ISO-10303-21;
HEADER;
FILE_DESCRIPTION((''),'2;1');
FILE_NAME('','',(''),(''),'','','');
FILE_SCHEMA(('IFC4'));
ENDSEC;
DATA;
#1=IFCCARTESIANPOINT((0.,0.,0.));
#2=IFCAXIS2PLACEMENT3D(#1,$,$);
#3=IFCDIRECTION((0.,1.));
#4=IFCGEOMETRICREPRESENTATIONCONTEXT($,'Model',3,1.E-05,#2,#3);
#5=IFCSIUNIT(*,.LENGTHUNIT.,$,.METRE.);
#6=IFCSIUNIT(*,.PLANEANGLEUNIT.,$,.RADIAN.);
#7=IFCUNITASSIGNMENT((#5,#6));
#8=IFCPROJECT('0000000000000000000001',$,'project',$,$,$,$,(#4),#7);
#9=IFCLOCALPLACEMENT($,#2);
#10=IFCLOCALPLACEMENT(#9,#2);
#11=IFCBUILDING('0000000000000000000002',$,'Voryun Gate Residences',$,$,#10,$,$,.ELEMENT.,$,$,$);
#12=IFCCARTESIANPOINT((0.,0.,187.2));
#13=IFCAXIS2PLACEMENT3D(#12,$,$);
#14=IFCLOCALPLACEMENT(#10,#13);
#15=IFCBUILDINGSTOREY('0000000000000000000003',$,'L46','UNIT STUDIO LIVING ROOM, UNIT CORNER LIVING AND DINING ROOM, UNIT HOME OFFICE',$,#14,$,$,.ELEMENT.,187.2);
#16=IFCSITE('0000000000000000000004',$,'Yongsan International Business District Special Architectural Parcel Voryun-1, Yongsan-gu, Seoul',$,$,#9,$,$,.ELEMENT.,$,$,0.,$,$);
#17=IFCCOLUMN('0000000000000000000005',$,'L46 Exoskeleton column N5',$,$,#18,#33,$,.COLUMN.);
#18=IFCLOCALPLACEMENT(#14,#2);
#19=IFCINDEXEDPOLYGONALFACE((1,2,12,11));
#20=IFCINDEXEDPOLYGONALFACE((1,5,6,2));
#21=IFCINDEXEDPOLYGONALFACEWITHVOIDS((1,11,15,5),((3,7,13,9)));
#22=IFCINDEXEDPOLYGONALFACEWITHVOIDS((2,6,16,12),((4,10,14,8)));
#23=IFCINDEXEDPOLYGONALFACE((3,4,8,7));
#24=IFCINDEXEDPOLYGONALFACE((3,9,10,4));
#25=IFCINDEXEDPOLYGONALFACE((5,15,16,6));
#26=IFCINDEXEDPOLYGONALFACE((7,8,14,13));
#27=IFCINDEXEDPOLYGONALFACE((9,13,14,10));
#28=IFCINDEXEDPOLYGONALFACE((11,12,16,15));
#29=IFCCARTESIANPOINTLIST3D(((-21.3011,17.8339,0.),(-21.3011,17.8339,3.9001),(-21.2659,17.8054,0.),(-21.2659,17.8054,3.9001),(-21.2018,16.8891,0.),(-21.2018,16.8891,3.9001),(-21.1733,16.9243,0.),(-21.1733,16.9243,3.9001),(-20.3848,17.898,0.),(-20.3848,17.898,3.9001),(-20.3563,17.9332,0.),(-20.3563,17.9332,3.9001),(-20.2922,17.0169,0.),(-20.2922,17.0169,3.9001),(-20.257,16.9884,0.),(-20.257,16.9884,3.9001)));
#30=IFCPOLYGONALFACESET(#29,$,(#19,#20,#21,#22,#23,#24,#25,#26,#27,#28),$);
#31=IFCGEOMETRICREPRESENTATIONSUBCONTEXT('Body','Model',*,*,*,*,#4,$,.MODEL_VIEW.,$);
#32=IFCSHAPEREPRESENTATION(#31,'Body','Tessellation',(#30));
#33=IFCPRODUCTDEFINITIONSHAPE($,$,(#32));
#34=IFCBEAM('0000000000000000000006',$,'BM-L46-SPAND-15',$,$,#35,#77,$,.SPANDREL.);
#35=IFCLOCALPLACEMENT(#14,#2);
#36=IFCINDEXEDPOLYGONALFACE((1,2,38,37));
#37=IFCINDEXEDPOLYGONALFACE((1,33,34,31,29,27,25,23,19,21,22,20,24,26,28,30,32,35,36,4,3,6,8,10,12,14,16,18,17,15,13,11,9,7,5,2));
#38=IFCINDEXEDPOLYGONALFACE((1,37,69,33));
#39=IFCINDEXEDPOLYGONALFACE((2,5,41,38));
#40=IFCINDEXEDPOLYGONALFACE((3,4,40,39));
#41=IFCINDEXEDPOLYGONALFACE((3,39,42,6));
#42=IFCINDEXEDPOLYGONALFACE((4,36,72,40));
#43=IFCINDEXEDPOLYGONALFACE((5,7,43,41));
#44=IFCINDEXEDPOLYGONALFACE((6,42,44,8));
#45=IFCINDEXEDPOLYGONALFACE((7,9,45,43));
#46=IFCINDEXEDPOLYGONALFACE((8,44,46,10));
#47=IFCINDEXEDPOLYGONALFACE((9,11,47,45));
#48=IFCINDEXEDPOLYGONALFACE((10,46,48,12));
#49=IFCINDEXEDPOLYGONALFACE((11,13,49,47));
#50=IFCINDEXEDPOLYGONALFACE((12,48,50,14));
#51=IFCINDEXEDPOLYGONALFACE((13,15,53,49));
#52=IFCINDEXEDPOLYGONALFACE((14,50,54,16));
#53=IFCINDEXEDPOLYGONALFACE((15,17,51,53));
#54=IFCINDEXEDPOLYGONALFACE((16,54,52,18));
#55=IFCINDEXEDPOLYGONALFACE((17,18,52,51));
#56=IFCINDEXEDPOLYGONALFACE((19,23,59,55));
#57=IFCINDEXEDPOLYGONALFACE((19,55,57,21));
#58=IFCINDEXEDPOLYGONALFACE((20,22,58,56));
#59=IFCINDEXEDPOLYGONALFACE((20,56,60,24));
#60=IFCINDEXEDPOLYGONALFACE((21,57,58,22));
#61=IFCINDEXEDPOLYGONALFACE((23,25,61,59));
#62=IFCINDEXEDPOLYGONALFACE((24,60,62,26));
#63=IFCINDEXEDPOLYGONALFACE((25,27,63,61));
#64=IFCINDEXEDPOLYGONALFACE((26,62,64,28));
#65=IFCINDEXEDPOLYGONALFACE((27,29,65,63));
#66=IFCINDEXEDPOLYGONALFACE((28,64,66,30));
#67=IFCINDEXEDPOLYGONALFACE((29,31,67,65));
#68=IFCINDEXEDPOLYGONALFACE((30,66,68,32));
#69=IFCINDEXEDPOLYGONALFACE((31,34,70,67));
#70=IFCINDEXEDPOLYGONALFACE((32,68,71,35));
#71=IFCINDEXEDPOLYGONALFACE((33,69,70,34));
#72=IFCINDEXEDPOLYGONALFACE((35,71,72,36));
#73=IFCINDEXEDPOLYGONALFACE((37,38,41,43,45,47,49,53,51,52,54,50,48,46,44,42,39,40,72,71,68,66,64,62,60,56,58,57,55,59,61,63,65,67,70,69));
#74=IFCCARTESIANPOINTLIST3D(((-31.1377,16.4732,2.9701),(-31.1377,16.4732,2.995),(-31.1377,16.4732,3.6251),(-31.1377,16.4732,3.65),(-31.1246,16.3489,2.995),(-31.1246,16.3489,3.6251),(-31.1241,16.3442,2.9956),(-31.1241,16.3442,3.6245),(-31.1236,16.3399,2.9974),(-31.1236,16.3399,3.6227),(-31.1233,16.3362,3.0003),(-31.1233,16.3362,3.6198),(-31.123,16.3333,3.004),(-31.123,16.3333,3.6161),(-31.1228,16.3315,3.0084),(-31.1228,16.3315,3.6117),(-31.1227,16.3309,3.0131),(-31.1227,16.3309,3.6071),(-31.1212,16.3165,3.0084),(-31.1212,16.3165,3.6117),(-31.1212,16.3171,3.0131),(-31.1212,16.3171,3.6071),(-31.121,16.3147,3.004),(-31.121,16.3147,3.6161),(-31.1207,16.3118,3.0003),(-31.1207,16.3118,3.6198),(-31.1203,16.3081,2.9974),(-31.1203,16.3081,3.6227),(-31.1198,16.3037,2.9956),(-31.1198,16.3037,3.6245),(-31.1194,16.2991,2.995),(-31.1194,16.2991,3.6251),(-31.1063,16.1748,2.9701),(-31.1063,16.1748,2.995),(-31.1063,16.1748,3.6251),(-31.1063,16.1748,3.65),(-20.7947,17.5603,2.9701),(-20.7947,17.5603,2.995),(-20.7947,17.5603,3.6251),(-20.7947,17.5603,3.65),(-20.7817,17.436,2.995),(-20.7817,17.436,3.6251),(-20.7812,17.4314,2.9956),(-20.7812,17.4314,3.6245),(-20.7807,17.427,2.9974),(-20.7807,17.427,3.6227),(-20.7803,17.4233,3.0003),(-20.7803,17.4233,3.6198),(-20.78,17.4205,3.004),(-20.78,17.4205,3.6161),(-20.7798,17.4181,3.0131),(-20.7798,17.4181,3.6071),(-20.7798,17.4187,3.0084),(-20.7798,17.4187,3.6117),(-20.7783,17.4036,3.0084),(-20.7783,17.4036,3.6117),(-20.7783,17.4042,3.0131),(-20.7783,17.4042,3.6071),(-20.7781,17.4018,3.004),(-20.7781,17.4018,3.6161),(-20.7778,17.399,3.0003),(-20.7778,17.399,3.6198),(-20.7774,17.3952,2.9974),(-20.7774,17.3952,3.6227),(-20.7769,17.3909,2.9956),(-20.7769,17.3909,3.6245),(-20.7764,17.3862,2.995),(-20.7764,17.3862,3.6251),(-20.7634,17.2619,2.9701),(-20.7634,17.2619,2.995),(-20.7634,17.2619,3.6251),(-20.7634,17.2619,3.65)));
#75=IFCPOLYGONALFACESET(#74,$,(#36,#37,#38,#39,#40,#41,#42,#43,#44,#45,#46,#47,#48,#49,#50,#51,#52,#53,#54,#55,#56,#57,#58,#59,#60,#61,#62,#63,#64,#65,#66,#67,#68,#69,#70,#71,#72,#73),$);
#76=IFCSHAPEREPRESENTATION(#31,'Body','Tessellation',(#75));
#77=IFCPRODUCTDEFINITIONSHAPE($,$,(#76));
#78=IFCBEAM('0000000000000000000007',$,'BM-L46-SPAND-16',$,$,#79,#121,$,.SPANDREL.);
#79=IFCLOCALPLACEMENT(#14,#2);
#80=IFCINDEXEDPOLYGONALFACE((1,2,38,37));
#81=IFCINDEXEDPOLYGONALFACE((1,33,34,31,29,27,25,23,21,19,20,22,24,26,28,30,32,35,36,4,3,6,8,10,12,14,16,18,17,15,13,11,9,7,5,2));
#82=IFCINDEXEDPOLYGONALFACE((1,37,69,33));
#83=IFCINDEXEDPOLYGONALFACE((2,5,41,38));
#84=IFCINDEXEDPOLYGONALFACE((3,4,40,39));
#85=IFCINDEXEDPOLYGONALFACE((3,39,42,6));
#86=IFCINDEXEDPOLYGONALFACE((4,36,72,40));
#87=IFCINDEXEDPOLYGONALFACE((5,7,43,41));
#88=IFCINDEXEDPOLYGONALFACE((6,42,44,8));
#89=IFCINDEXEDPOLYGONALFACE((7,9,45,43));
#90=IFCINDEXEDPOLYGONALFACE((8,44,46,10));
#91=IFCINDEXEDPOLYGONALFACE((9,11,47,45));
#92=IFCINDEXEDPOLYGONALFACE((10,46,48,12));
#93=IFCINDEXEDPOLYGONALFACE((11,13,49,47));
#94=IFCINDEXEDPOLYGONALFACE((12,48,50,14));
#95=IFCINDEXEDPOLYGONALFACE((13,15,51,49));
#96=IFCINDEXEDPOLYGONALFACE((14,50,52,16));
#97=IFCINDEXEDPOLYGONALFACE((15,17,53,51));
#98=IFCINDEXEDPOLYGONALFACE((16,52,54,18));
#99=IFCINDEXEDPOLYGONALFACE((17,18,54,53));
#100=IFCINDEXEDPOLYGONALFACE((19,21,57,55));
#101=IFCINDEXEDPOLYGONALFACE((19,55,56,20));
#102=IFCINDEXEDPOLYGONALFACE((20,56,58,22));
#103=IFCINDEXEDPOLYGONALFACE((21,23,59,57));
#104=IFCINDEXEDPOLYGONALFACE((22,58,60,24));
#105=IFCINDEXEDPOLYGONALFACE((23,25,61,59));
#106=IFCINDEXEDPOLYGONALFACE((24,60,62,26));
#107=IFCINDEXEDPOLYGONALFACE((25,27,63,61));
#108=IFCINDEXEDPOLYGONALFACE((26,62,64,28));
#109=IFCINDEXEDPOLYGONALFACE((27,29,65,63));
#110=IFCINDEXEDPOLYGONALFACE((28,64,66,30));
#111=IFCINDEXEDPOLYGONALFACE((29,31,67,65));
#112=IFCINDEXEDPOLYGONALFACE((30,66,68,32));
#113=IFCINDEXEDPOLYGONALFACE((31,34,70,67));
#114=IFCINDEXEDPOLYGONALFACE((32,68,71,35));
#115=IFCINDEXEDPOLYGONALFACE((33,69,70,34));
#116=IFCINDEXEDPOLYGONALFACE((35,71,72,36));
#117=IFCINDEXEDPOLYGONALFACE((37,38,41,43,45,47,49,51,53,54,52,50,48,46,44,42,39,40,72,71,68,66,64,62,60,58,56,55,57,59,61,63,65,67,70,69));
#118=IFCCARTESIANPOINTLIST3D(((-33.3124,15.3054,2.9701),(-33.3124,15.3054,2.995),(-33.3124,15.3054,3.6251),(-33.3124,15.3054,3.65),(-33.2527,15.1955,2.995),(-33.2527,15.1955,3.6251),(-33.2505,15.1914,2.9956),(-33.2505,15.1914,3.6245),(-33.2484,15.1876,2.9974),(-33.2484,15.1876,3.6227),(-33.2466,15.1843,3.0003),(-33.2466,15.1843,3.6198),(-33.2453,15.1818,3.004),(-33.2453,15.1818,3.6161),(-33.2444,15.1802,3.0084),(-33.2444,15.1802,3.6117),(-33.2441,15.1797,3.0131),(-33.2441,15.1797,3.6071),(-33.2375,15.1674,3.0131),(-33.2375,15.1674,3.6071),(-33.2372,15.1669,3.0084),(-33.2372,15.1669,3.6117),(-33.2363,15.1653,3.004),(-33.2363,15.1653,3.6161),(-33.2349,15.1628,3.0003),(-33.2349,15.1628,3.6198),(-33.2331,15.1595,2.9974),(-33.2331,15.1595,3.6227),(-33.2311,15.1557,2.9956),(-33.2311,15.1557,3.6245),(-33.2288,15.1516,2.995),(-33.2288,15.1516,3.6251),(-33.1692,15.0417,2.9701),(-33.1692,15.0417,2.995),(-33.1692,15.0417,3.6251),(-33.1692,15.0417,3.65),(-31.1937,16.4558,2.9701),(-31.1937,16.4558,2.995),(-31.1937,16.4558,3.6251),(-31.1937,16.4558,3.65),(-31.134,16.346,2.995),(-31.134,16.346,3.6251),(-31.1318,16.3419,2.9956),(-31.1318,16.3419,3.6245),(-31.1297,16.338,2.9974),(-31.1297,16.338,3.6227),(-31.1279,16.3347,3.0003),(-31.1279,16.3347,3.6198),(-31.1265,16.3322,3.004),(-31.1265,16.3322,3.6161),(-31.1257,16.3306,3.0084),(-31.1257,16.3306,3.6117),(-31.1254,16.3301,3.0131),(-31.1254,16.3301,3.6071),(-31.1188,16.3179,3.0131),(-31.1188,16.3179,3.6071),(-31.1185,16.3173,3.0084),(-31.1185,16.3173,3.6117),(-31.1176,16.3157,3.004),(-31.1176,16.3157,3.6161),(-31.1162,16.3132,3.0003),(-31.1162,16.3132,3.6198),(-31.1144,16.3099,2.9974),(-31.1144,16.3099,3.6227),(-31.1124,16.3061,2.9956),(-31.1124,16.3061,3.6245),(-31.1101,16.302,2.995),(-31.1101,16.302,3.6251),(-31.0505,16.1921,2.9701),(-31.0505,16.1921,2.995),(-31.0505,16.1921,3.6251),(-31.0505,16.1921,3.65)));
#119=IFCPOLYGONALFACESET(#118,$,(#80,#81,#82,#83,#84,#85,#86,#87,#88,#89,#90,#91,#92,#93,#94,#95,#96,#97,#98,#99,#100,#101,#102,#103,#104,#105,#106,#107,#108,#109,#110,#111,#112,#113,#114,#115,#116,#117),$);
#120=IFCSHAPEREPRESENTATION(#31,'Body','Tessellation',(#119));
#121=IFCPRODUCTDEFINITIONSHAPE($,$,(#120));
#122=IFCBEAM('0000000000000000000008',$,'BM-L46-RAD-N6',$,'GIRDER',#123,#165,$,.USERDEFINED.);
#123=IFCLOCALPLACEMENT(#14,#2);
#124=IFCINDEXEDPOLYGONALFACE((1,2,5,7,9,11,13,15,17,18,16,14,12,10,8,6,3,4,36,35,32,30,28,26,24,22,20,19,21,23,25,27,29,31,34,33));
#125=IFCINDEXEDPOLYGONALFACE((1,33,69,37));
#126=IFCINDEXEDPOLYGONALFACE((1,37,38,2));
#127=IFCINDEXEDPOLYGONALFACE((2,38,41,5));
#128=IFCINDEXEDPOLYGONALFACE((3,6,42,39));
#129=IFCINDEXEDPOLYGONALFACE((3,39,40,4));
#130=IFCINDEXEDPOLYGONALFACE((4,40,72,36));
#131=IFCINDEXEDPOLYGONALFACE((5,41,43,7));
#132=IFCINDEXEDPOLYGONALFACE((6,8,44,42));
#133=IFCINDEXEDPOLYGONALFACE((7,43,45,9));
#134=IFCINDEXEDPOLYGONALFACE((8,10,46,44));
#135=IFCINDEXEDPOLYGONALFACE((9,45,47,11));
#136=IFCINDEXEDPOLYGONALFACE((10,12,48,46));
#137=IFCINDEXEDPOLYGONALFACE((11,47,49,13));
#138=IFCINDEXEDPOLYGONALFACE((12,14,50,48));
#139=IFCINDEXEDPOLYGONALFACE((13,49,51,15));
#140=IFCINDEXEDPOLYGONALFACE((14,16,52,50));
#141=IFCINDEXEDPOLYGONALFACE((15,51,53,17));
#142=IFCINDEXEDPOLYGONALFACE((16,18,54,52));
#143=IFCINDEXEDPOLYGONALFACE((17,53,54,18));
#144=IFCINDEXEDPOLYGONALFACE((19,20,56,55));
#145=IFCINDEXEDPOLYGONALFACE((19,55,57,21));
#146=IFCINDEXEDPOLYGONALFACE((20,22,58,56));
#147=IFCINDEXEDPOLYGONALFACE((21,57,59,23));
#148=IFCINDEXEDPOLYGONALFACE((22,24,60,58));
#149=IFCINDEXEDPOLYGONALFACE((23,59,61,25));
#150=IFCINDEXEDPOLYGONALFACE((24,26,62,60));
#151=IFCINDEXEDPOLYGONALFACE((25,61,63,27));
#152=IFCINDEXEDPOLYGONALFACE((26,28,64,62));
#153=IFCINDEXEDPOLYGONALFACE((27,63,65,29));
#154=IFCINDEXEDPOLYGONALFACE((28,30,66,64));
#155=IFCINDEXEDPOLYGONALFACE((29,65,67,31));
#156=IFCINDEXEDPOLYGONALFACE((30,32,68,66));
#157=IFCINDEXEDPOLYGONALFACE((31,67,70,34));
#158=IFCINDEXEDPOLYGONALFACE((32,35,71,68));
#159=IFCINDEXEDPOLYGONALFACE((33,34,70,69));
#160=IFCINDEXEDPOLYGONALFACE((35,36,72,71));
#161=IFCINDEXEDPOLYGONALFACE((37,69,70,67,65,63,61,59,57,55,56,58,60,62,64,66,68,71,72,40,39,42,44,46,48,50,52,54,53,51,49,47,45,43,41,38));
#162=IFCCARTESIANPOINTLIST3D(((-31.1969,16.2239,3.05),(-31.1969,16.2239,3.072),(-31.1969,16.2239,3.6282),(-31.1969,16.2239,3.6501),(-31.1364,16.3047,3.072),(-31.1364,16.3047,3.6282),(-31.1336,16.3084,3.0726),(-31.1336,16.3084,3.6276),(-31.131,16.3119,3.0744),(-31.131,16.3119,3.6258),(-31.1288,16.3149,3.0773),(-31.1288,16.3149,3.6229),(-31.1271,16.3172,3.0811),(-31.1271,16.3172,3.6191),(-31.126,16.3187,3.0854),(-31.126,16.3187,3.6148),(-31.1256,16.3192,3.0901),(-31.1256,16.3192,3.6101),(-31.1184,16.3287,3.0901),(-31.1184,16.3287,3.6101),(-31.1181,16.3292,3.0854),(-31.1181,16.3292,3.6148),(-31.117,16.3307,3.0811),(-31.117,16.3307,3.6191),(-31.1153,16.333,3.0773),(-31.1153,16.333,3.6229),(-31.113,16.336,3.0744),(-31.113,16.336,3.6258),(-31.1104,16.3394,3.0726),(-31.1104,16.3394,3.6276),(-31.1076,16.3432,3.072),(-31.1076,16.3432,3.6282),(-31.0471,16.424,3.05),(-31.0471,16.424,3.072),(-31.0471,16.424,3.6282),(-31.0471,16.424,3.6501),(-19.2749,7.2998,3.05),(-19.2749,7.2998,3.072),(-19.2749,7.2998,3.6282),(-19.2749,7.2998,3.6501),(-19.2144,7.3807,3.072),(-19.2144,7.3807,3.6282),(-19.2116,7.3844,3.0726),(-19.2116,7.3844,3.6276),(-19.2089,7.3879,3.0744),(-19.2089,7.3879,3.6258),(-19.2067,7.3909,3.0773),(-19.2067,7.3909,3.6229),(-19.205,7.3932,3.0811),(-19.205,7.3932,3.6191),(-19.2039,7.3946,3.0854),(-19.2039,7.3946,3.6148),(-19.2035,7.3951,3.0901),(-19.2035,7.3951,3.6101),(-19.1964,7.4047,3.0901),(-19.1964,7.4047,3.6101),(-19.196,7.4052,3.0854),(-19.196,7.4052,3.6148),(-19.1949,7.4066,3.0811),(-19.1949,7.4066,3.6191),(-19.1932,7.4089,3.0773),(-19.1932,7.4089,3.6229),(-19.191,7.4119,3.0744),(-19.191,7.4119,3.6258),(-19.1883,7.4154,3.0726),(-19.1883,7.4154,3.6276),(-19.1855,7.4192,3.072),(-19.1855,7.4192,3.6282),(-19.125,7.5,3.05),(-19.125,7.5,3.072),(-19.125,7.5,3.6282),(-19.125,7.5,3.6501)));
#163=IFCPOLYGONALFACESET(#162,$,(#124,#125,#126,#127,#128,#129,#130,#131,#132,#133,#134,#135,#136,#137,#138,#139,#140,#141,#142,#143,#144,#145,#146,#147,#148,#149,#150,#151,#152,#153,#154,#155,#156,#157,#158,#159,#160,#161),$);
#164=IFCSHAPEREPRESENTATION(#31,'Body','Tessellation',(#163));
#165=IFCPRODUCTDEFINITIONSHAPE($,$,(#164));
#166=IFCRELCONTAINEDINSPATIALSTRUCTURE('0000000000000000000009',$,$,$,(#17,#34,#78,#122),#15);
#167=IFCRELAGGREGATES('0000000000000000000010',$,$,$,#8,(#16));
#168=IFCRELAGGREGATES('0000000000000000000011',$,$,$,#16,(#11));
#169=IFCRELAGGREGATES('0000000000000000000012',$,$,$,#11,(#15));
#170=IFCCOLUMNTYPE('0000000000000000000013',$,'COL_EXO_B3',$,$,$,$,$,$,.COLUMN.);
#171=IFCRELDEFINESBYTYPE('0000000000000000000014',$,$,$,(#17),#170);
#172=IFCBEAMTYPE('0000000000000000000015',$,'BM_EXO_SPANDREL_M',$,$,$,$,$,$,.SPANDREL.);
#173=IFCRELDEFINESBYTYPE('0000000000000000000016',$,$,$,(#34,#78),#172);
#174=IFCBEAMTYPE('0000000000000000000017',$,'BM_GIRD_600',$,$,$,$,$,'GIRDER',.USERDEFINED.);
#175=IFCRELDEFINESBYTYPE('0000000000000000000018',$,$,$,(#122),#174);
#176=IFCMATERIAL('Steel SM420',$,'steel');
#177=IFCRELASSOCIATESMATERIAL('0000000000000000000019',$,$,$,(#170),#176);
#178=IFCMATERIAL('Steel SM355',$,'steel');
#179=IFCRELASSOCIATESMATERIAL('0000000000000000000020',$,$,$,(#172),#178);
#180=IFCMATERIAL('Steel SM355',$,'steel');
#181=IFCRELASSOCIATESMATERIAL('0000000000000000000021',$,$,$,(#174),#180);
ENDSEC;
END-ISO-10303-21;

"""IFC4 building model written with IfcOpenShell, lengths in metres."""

from ifc_helpers import new_model, si_unit, direction, frame, origin, origin_2d, place, context, subcontext, project, spatial, hollow_rectangle, i_section, extrude, material, material_profile, profile_set, type_object, element, save


model = new_model("IFC4")

# Units and contexts
model_context = context("Model", 3, precision=1e-05, world=origin(), true_north=direction((0.0, 1.0)))
body_context = subcontext(model_context, "Body", "Model", "MODEL_VIEW")
ifc_project = project(units=[si_unit("LENGTHUNIT", "METRE"), si_unit("PLANEANGLEUNIT", "RADIAN")], contexts=[model_context])

# Site, building, storey
site_placement = place(None, origin())
site = spatial("IfcSite", under=ifc_project, at=site_placement, Name="Yongsan International Business District Special Architectural Parcel Voryun-1, Yongsan-gu, Seoul", CompositionType="ELEMENT", RefElevation=0.0)
building_placement = place(site_placement, origin())
building = spatial("IfcBuilding", under=site, at=building_placement, Name="Voryun Gate Residences", CompositionType="ELEMENT")
storey_placement = place(building_placement, frame((0.0, 0.0, 187.2)))
storey = spatial("IfcBuildingStorey", under=building, at=storey_placement, Name="L46", Description="UNIT STUDIO LIVING ROOM, UNIT CORNER LIVING AND DINING ROOM, UNIT HOME OFFICE", CompositionType="ELEMENT", Elevation=187.2)

# Column
ifc_material_1 = material(Name="Steel SM420", Category="steel")
ifc_material_profile_1 = material_profile(ifc_material_1, hollow_rectangle(XDim=0.95, YDim=0.95, WallThickness=0.032, at=origin_2d()), Name="BOX-950x950x32")
ifc_profile_set_1 = profile_set([ifc_material_profile_1], Name="Steel SM420")
column_type = type_object("IfcColumnType", Name="COL_EXO_B3", PredefinedType="COLUMN", material=ifc_profile_set_1)
column_placement = place(storey_placement, frame((-20.7791, 17.4111, 0.0), z_axis=(0.0, 0.0, 1.0), x_axis=(0.994522, 0.104528, 0.0)))
element("IfcColumn", 1, at=column_placement, inside=storey, type_object=column_type, Name="L46 Exoskeleton column N5", PredefinedType="COLUMN", context=body_context, shape_type="SweptSolid", body=[
    extrude(hollow_rectangle(XDim=0.95, YDim=0.95, WallThickness=0.032, at=origin_2d()), origin(), (0.0, 0.0, 1.0), 3.9001),
])

# Beams
ifc_material_2 = material(Name="Steel SM355", Category="steel")
ifc_material_profile_2 = material_profile(ifc_material_2, i_section(OverallWidth=0.3, OverallDepth=0.6799, WebThickness=0.0139, FlangeThickness=0.0249, FilletRadius=0.0181, at=origin_2d()), Name="H-680x300x14x25")
ifc_profile_set_2 = profile_set([ifc_material_profile_2], Name="Steel SM355")
beam_type_1 = type_object("IfcBeamType", Name="BM_EXO_SPANDREL_M", PredefinedType="SPANDREL", material=ifc_profile_set_2)
beam_1_placement = place(storey_placement, frame((-20.7791, 17.4111, 3.3101), z_axis=(-0.994521, -0.104534, 0.0), x_axis=(0.104534, -0.994521, 0.0)))
element("IfcBeam", 2, at=beam_1_placement, inside=storey, type_object=beam_type_1, Name="BM-L46-SPAND-15", PredefinedType="SPANDREL", context=body_context, shape_type="SweptSolid", body=[
    extrude(i_section(OverallWidth=0.3, OverallDepth=0.6799, WebThickness=0.0139, FlangeThickness=0.0249, FilletRadius=0.0181, at=origin_2d()), origin(), (0.0, 0.0, 1.0), 10.3999),
])
beam_2_placement = place(storey_placement, frame((-31.1221, 16.324, 3.3101), z_axis=(-0.878807, -0.477177, 0.0), x_axis=(0.477177, -0.878807, 0.0)))
element("IfcBeam", 3, at=beam_2_placement, inside=storey, type_object=beam_type_1, Name="BM-L46-SPAND-16", PredefinedType="SPANDREL", context=body_context, shape_type="SweptSolid", body=[
    extrude(i_section(OverallWidth=0.3, OverallDepth=0.6799, WebThickness=0.0139, FlangeThickness=0.0249, FilletRadius=0.0181, at=origin_2d()), origin(), (0.0, 0.0, 1.0), 2.4109),
])
ifc_material_3 = material(Name="Steel SM355", Category="steel")
ifc_material_profile_3 = material_profile(ifc_material_3, i_section(OverallWidth=0.25, OverallDepth=0.6001, WebThickness=0.012, FlangeThickness=0.022, FilletRadius=0.0181, at=origin_2d()), Name="H-600x250x12x22")
ifc_profile_set_3 = profile_set([ifc_material_profile_3], Name="Steel SM355")
beam_type_2 = type_object("IfcBeamType", Name="BM_GIRD_600", ElementType="GIRDER", PredefinedType="USERDEFINED", material=ifc_profile_set_3)
beam_3_placement = place(storey_placement, frame((-19.2, 7.3999, 3.3501), z_axis=(-0.800564, 0.599247, 0.0), x_axis=(-0.599247, -0.800564, 0.0)))
element("IfcBeam", 4, at=beam_3_placement, inside=storey, type_object=beam_type_2, Name="BM-L46-RAD-N6", ObjectType="GIRDER", PredefinedType="USERDEFINED", context=body_context, shape_type="SweptSolid", body=[
    extrude(i_section(OverallWidth=0.25, OverallDepth=0.6001, WebThickness=0.012, FlangeThickness=0.022, FilletRadius=0.0181, at=origin_2d()), origin(), (0.0, 0.0, 1.0), 14.8921),
])

save(model, "model.ifc")
